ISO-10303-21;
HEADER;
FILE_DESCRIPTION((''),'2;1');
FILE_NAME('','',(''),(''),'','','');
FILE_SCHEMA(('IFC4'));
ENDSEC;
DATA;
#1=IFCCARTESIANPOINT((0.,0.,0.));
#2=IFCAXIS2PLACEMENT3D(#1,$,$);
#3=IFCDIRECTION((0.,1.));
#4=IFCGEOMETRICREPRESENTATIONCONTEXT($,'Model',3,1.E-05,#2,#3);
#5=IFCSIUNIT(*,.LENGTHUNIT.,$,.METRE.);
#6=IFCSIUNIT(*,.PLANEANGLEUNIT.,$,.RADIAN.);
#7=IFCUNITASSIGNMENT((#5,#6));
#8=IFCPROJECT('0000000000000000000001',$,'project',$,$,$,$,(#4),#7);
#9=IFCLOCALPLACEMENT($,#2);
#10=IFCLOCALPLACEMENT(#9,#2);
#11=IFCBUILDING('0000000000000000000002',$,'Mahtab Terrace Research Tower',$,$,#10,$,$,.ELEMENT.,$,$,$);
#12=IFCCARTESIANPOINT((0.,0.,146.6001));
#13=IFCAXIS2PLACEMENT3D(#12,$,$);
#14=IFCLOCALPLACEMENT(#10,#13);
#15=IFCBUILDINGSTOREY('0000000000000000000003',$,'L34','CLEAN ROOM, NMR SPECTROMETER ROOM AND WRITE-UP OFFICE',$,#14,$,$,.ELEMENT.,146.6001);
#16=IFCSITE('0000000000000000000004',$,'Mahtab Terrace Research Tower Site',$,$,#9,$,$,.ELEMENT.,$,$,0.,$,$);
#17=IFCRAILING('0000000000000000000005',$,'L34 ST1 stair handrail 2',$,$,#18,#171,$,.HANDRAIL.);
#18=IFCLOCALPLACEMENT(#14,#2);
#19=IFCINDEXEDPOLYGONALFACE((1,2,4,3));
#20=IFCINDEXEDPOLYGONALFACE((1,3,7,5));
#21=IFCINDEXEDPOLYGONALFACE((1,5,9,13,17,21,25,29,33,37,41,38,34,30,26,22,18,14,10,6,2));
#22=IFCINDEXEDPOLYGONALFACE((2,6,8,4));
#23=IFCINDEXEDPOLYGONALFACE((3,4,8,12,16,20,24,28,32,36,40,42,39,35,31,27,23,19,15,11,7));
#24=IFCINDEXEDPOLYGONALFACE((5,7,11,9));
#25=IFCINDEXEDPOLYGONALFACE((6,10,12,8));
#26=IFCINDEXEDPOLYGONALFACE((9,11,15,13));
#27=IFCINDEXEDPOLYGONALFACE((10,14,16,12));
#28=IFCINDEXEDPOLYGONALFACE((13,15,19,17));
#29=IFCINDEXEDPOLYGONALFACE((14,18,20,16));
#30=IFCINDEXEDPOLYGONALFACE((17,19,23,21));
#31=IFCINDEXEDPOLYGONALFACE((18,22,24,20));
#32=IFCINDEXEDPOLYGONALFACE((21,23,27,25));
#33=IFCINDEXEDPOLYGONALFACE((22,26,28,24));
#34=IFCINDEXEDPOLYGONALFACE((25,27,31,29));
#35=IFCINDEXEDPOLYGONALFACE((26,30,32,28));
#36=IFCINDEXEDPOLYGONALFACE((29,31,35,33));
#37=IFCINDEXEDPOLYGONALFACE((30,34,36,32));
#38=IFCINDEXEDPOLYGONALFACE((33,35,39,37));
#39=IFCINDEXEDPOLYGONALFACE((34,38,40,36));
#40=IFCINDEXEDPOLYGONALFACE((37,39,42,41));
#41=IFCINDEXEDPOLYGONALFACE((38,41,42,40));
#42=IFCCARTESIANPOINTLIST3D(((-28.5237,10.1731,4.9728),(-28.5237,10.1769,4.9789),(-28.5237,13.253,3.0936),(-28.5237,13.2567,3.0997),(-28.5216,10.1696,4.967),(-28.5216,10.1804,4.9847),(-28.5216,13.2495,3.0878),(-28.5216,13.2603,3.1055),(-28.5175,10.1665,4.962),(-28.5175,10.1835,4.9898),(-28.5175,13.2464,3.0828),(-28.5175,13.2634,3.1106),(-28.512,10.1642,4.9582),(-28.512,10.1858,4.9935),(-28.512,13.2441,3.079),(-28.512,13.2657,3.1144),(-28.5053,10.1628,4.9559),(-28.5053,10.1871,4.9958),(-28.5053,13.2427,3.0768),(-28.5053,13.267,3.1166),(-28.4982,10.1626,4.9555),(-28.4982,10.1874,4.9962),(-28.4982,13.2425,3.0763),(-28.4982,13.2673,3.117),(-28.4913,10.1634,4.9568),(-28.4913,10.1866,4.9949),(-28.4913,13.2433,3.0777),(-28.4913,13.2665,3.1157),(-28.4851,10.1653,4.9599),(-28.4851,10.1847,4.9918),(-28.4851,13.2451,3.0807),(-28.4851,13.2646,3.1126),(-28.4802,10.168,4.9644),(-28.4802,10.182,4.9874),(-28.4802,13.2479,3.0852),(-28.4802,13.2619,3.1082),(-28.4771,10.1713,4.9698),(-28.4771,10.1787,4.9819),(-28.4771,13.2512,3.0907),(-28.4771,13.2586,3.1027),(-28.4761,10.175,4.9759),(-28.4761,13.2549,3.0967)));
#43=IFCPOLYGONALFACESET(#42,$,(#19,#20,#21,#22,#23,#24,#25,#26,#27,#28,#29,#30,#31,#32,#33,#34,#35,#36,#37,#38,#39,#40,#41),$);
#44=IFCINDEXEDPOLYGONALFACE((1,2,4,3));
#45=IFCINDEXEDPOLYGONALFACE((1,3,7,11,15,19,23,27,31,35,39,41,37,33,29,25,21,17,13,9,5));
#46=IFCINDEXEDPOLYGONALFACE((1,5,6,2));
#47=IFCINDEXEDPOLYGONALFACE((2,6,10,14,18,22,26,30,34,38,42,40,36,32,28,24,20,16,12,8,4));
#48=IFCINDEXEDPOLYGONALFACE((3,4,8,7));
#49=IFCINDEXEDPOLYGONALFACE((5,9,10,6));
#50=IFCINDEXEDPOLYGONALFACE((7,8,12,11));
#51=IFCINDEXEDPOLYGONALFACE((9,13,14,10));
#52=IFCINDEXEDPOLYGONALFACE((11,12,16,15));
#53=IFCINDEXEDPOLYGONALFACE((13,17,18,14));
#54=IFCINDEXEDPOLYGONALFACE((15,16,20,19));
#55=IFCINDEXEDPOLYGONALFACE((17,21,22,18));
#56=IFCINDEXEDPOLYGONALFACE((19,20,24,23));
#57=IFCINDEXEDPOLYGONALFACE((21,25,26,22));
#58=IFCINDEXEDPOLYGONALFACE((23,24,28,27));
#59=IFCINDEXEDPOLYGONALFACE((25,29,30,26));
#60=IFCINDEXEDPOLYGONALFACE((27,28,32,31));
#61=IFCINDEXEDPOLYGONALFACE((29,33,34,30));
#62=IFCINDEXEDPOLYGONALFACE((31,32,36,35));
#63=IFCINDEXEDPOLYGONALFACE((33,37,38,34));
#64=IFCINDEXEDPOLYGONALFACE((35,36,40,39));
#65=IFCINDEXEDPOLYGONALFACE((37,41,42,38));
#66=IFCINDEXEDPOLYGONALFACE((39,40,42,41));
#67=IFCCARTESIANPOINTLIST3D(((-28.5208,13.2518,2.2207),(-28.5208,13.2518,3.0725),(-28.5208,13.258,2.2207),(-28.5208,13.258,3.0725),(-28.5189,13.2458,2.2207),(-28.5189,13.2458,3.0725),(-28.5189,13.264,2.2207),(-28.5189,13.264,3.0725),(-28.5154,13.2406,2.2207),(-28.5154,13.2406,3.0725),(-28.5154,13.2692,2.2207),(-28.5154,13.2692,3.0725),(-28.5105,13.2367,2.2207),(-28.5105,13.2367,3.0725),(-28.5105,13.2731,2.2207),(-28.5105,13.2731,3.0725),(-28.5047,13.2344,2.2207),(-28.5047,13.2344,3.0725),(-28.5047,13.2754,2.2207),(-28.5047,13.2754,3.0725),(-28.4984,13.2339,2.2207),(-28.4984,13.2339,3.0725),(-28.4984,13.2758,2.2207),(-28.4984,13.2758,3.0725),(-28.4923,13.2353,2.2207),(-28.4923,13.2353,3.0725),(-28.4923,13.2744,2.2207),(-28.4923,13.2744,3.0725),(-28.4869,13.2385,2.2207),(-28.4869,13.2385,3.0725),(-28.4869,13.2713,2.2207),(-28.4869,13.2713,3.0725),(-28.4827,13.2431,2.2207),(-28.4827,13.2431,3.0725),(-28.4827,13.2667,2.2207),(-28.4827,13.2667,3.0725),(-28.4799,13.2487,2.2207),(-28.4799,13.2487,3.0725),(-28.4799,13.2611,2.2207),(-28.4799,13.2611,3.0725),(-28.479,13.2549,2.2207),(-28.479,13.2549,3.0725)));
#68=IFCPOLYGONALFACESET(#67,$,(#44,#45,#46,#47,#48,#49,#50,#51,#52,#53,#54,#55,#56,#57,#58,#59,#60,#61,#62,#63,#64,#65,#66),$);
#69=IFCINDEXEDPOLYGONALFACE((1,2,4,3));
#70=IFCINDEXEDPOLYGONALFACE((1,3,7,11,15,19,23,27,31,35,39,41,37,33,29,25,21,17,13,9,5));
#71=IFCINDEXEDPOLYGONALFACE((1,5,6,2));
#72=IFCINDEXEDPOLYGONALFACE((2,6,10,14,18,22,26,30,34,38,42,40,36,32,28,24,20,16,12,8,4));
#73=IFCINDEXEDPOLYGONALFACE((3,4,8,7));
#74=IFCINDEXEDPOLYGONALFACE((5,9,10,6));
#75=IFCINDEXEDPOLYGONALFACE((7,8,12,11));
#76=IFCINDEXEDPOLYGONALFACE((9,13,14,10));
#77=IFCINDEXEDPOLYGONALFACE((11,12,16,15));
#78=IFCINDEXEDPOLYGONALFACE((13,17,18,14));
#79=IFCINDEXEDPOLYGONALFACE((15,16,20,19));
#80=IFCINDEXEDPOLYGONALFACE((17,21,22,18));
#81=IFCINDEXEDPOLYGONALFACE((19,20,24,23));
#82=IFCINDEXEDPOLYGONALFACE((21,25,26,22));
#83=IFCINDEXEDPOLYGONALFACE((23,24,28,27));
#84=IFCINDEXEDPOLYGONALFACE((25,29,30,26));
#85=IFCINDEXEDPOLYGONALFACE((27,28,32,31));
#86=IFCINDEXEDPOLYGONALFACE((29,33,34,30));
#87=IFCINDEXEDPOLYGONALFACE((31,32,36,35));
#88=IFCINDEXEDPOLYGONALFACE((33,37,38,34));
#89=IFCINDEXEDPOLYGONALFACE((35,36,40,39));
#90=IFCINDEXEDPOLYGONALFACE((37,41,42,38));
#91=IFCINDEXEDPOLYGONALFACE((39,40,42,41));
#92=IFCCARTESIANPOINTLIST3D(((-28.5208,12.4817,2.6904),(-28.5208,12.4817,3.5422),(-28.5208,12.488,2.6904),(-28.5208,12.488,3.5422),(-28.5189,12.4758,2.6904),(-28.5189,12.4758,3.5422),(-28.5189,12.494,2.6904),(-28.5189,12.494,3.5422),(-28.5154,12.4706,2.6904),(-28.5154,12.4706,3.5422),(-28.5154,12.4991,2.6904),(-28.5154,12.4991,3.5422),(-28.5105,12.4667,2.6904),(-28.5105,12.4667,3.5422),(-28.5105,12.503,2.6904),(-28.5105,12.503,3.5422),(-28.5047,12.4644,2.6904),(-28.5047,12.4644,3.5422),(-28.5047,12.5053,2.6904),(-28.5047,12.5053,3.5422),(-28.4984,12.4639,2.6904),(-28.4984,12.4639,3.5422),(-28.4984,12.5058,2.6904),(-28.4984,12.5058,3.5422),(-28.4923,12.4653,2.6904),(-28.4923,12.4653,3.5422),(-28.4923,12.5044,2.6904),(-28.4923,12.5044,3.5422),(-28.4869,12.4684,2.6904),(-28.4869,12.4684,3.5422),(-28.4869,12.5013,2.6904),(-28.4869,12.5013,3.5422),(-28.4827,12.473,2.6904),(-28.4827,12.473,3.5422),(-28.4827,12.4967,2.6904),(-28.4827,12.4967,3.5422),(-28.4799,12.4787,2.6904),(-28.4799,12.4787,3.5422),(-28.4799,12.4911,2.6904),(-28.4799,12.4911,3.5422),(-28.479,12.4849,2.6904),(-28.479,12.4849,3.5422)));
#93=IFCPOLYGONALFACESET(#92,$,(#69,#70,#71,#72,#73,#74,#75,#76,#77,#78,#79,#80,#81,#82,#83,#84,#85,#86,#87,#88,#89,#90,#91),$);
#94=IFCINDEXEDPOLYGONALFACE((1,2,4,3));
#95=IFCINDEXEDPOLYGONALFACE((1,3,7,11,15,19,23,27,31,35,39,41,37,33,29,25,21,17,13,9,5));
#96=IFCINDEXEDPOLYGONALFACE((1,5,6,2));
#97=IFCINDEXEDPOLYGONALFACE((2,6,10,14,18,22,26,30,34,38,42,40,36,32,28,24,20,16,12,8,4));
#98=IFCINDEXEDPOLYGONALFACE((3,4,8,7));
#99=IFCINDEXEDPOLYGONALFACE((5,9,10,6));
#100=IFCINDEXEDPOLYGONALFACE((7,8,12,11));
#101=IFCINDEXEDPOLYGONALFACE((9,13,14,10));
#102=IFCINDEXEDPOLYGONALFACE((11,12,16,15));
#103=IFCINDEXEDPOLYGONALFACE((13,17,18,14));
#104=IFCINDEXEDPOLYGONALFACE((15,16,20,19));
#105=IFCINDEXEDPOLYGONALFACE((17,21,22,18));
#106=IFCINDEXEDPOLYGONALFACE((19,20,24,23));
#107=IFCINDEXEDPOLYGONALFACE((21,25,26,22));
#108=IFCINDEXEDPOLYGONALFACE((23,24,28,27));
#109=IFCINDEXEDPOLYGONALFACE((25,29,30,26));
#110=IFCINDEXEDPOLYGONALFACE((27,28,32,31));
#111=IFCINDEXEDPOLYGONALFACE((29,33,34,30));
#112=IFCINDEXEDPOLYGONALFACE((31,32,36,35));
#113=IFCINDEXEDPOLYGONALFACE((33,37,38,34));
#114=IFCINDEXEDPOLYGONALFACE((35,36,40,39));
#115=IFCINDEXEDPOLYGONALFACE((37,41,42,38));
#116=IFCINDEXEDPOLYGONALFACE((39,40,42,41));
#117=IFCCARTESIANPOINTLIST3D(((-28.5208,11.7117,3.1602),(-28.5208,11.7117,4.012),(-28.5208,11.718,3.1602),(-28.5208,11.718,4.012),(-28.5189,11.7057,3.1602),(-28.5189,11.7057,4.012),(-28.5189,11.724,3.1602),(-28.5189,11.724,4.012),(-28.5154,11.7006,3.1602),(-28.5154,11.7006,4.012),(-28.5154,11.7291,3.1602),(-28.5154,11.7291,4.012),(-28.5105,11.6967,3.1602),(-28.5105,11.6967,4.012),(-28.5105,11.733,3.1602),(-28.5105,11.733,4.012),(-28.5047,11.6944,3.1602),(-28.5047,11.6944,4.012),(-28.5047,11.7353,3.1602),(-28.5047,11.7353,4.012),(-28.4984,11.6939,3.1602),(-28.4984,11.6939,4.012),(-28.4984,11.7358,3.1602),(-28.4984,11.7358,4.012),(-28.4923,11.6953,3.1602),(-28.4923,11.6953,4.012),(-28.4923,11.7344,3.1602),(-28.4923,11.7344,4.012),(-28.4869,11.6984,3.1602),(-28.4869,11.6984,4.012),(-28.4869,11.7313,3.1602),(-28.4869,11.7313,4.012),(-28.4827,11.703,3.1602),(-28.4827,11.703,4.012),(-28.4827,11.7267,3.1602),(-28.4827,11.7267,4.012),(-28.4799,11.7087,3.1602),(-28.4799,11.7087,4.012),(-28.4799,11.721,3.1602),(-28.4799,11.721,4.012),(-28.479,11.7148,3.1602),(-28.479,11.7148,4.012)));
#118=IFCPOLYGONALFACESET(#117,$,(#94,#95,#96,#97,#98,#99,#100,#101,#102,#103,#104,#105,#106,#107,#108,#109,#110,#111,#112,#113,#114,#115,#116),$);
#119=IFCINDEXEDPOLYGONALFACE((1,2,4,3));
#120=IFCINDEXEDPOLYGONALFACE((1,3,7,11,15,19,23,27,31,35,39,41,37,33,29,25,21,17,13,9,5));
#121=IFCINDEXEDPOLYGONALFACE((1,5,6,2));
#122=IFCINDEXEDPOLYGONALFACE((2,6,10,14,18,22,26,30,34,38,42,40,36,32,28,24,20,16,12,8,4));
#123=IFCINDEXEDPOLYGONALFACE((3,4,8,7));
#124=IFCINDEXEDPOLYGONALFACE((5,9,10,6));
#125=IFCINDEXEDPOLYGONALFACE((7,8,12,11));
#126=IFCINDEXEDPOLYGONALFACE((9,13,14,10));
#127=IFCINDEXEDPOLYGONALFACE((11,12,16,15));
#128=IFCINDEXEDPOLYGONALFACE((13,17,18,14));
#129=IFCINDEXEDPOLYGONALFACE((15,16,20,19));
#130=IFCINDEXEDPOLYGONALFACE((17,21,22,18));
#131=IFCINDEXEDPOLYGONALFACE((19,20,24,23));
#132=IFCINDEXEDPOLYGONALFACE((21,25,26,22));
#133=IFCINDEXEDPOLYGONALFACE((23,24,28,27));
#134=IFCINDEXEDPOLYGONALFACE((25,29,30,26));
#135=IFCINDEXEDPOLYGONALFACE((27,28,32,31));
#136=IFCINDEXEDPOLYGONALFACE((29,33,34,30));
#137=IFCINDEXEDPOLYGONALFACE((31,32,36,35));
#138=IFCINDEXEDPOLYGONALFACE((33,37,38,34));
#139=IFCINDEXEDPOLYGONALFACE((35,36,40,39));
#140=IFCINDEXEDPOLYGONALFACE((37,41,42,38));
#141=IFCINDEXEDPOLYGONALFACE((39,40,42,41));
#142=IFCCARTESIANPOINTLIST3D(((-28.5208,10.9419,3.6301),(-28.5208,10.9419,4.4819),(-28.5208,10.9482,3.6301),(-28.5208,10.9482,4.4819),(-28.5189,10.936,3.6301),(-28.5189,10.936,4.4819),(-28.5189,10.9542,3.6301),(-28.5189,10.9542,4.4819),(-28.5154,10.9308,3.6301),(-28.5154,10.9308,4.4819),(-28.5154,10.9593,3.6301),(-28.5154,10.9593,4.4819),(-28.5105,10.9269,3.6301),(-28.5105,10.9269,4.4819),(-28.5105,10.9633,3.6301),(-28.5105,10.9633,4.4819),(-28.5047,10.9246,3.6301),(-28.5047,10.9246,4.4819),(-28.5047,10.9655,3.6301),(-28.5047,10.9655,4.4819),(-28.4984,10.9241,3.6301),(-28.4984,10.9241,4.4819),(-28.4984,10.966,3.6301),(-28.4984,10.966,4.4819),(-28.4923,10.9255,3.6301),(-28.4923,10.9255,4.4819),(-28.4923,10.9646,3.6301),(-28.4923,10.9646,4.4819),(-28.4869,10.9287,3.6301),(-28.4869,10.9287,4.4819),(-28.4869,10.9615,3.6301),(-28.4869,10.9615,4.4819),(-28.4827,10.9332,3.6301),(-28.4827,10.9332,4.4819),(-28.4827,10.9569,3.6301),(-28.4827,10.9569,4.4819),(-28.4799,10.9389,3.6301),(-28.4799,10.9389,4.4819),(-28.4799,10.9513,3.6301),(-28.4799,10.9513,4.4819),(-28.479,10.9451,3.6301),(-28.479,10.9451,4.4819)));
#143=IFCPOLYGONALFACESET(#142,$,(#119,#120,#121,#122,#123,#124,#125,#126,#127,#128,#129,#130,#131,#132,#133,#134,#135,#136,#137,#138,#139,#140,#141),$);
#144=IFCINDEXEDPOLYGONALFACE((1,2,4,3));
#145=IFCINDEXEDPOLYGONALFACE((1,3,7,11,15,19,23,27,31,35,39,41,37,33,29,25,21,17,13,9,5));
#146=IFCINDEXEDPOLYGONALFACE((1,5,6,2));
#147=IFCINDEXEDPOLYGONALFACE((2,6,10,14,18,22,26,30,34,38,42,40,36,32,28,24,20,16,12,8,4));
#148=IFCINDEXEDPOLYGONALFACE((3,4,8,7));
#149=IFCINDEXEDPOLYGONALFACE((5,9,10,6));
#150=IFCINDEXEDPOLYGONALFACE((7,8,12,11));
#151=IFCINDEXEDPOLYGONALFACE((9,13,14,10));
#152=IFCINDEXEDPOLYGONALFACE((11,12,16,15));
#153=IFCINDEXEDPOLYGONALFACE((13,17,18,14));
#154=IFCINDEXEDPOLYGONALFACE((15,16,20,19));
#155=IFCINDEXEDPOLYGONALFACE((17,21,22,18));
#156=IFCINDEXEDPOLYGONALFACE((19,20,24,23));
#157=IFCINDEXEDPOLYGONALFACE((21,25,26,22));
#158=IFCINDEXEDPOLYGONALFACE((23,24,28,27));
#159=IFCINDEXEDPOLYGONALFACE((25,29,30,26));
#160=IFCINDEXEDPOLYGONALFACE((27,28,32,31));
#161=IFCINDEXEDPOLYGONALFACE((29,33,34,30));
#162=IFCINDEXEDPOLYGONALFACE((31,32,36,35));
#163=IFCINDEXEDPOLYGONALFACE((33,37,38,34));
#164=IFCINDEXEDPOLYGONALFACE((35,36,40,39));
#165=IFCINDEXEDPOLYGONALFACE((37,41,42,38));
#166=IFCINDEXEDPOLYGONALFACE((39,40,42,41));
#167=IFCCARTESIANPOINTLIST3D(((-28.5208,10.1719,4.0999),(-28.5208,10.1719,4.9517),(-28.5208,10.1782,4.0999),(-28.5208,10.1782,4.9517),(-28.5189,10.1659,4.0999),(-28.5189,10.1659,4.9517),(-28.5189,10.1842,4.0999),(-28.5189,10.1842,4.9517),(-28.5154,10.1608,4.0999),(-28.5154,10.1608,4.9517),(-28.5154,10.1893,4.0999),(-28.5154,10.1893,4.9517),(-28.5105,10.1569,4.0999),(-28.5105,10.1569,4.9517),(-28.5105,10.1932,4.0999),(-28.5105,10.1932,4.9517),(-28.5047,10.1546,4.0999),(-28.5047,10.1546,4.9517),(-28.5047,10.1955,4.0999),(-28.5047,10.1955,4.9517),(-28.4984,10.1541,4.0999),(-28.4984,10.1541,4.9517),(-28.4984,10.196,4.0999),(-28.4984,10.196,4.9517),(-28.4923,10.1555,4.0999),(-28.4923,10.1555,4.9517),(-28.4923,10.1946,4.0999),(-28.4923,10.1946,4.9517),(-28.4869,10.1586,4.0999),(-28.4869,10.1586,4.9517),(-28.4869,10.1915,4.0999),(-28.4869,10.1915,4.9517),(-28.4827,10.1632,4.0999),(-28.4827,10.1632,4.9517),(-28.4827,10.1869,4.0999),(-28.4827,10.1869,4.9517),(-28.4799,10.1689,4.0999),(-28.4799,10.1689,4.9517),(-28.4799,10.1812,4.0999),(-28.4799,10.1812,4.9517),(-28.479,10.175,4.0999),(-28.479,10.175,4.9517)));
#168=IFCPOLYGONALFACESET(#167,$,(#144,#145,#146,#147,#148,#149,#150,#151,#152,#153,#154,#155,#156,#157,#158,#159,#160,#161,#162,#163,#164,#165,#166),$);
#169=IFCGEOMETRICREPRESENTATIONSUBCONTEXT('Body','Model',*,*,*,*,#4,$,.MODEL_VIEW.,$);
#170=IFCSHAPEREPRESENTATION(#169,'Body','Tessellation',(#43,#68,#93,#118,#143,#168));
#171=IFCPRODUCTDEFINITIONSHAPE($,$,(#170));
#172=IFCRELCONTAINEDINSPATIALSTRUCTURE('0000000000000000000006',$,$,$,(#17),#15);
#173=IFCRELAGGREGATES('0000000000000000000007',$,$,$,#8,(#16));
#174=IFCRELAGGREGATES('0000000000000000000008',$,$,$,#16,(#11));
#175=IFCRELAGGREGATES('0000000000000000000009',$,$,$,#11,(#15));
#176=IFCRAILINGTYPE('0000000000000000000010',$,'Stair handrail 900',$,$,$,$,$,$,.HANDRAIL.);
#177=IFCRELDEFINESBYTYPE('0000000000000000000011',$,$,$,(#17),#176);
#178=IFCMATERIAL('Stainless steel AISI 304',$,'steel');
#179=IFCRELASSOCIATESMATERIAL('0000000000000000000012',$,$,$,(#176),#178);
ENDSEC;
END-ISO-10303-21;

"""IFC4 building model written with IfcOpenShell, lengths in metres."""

from ifc_helpers import new_model, si_unit, direction, frame, origin, origin_2d, place, context, subcontext, project, spatial, circle, extrude, material, type_object, element, save


model = new_model("IFC4")

# Units and contexts
model_context = context("Model", 3, precision=1e-05, world=origin(), true_north=direction((0.0, 1.0)))
body_context = subcontext(model_context, "Body", "Model", "MODEL_VIEW")
ifc_project = project(units=[si_unit("LENGTHUNIT", "METRE"), si_unit("PLANEANGLEUNIT", "RADIAN")], contexts=[model_context])

# Site, building, storey
site_placement = place(None, origin())
site = spatial("IfcSite", under=ifc_project, at=site_placement, Name="Mahtab Terrace Research Tower Site", CompositionType="ELEMENT", RefElevation=0.0)
building_placement = place(site_placement, origin())
building = spatial("IfcBuilding", under=site, at=building_placement, Name="Mahtab Terrace Research Tower", CompositionType="ELEMENT")
storey_placement = place(building_placement, frame((0.0, 0.0, 146.6001)))
storey = spatial("IfcBuildingStorey", under=building, at=storey_placement, Name="L34", Description="CLEAN ROOM, NMR SPECTROMETER ROOM AND WRITE-UP OFFICE", CompositionType="ELEMENT", Elevation=146.6001)

# Railing
ifc_material_1 = material(Name="Stainless steel AISI 304", Category="steel")
railing_type_1 = type_object("IfcRailingType", Name="Stair handrail 900", PredefinedType="HANDRAIL", material=ifc_material_1)
railing_1_placement = place(storey_placement, frame((-28.5, 13.2549, 2.2207)))
element("IfcRailing", 1, at=railing_1_placement, inside=storey, type_object=railing_type_1, Name="L34 ST1 stair handrail 2", PredefinedType="HANDRAIL", context=body_context, shape_type="SweptSolid", body=[
    extrude(circle(Radius=0.0239, at=origin_2d()), frame((0.0, 0.0, 0.876), z_axis=(0.0, -0.853648, 0.52085), x_axis=(1.0, 0.0, 0.0)), (0.0, 0.0, 1.0), 3.6079),
    extrude(circle(Radius=0.021, at=origin_2d()), origin(), (0.0, 0.0, 1.0), 0.8518),
    extrude(circle(Radius=0.021, at=origin_2d()), frame((0.0, -0.77, 0.4697)), (0.0, 0.0, 1.0), 0.8518),
    extrude(circle(Radius=0.021, at=origin_2d()), frame((0.0, -1.54, 0.9395)), (0.0, 0.0, 1.0), 0.8518),
    extrude(circle(Radius=0.021, at=origin_2d()), frame((0.0, -2.3098, 1.4094)), (0.0, 0.0, 1.0), 0.8518),
    extrude(circle(Radius=0.021, at=origin_2d()), frame((0.0, -3.0798, 1.8792)), (0.0, 0.0, 1.0), 0.8518),
])

save(model, "model.ifc")
